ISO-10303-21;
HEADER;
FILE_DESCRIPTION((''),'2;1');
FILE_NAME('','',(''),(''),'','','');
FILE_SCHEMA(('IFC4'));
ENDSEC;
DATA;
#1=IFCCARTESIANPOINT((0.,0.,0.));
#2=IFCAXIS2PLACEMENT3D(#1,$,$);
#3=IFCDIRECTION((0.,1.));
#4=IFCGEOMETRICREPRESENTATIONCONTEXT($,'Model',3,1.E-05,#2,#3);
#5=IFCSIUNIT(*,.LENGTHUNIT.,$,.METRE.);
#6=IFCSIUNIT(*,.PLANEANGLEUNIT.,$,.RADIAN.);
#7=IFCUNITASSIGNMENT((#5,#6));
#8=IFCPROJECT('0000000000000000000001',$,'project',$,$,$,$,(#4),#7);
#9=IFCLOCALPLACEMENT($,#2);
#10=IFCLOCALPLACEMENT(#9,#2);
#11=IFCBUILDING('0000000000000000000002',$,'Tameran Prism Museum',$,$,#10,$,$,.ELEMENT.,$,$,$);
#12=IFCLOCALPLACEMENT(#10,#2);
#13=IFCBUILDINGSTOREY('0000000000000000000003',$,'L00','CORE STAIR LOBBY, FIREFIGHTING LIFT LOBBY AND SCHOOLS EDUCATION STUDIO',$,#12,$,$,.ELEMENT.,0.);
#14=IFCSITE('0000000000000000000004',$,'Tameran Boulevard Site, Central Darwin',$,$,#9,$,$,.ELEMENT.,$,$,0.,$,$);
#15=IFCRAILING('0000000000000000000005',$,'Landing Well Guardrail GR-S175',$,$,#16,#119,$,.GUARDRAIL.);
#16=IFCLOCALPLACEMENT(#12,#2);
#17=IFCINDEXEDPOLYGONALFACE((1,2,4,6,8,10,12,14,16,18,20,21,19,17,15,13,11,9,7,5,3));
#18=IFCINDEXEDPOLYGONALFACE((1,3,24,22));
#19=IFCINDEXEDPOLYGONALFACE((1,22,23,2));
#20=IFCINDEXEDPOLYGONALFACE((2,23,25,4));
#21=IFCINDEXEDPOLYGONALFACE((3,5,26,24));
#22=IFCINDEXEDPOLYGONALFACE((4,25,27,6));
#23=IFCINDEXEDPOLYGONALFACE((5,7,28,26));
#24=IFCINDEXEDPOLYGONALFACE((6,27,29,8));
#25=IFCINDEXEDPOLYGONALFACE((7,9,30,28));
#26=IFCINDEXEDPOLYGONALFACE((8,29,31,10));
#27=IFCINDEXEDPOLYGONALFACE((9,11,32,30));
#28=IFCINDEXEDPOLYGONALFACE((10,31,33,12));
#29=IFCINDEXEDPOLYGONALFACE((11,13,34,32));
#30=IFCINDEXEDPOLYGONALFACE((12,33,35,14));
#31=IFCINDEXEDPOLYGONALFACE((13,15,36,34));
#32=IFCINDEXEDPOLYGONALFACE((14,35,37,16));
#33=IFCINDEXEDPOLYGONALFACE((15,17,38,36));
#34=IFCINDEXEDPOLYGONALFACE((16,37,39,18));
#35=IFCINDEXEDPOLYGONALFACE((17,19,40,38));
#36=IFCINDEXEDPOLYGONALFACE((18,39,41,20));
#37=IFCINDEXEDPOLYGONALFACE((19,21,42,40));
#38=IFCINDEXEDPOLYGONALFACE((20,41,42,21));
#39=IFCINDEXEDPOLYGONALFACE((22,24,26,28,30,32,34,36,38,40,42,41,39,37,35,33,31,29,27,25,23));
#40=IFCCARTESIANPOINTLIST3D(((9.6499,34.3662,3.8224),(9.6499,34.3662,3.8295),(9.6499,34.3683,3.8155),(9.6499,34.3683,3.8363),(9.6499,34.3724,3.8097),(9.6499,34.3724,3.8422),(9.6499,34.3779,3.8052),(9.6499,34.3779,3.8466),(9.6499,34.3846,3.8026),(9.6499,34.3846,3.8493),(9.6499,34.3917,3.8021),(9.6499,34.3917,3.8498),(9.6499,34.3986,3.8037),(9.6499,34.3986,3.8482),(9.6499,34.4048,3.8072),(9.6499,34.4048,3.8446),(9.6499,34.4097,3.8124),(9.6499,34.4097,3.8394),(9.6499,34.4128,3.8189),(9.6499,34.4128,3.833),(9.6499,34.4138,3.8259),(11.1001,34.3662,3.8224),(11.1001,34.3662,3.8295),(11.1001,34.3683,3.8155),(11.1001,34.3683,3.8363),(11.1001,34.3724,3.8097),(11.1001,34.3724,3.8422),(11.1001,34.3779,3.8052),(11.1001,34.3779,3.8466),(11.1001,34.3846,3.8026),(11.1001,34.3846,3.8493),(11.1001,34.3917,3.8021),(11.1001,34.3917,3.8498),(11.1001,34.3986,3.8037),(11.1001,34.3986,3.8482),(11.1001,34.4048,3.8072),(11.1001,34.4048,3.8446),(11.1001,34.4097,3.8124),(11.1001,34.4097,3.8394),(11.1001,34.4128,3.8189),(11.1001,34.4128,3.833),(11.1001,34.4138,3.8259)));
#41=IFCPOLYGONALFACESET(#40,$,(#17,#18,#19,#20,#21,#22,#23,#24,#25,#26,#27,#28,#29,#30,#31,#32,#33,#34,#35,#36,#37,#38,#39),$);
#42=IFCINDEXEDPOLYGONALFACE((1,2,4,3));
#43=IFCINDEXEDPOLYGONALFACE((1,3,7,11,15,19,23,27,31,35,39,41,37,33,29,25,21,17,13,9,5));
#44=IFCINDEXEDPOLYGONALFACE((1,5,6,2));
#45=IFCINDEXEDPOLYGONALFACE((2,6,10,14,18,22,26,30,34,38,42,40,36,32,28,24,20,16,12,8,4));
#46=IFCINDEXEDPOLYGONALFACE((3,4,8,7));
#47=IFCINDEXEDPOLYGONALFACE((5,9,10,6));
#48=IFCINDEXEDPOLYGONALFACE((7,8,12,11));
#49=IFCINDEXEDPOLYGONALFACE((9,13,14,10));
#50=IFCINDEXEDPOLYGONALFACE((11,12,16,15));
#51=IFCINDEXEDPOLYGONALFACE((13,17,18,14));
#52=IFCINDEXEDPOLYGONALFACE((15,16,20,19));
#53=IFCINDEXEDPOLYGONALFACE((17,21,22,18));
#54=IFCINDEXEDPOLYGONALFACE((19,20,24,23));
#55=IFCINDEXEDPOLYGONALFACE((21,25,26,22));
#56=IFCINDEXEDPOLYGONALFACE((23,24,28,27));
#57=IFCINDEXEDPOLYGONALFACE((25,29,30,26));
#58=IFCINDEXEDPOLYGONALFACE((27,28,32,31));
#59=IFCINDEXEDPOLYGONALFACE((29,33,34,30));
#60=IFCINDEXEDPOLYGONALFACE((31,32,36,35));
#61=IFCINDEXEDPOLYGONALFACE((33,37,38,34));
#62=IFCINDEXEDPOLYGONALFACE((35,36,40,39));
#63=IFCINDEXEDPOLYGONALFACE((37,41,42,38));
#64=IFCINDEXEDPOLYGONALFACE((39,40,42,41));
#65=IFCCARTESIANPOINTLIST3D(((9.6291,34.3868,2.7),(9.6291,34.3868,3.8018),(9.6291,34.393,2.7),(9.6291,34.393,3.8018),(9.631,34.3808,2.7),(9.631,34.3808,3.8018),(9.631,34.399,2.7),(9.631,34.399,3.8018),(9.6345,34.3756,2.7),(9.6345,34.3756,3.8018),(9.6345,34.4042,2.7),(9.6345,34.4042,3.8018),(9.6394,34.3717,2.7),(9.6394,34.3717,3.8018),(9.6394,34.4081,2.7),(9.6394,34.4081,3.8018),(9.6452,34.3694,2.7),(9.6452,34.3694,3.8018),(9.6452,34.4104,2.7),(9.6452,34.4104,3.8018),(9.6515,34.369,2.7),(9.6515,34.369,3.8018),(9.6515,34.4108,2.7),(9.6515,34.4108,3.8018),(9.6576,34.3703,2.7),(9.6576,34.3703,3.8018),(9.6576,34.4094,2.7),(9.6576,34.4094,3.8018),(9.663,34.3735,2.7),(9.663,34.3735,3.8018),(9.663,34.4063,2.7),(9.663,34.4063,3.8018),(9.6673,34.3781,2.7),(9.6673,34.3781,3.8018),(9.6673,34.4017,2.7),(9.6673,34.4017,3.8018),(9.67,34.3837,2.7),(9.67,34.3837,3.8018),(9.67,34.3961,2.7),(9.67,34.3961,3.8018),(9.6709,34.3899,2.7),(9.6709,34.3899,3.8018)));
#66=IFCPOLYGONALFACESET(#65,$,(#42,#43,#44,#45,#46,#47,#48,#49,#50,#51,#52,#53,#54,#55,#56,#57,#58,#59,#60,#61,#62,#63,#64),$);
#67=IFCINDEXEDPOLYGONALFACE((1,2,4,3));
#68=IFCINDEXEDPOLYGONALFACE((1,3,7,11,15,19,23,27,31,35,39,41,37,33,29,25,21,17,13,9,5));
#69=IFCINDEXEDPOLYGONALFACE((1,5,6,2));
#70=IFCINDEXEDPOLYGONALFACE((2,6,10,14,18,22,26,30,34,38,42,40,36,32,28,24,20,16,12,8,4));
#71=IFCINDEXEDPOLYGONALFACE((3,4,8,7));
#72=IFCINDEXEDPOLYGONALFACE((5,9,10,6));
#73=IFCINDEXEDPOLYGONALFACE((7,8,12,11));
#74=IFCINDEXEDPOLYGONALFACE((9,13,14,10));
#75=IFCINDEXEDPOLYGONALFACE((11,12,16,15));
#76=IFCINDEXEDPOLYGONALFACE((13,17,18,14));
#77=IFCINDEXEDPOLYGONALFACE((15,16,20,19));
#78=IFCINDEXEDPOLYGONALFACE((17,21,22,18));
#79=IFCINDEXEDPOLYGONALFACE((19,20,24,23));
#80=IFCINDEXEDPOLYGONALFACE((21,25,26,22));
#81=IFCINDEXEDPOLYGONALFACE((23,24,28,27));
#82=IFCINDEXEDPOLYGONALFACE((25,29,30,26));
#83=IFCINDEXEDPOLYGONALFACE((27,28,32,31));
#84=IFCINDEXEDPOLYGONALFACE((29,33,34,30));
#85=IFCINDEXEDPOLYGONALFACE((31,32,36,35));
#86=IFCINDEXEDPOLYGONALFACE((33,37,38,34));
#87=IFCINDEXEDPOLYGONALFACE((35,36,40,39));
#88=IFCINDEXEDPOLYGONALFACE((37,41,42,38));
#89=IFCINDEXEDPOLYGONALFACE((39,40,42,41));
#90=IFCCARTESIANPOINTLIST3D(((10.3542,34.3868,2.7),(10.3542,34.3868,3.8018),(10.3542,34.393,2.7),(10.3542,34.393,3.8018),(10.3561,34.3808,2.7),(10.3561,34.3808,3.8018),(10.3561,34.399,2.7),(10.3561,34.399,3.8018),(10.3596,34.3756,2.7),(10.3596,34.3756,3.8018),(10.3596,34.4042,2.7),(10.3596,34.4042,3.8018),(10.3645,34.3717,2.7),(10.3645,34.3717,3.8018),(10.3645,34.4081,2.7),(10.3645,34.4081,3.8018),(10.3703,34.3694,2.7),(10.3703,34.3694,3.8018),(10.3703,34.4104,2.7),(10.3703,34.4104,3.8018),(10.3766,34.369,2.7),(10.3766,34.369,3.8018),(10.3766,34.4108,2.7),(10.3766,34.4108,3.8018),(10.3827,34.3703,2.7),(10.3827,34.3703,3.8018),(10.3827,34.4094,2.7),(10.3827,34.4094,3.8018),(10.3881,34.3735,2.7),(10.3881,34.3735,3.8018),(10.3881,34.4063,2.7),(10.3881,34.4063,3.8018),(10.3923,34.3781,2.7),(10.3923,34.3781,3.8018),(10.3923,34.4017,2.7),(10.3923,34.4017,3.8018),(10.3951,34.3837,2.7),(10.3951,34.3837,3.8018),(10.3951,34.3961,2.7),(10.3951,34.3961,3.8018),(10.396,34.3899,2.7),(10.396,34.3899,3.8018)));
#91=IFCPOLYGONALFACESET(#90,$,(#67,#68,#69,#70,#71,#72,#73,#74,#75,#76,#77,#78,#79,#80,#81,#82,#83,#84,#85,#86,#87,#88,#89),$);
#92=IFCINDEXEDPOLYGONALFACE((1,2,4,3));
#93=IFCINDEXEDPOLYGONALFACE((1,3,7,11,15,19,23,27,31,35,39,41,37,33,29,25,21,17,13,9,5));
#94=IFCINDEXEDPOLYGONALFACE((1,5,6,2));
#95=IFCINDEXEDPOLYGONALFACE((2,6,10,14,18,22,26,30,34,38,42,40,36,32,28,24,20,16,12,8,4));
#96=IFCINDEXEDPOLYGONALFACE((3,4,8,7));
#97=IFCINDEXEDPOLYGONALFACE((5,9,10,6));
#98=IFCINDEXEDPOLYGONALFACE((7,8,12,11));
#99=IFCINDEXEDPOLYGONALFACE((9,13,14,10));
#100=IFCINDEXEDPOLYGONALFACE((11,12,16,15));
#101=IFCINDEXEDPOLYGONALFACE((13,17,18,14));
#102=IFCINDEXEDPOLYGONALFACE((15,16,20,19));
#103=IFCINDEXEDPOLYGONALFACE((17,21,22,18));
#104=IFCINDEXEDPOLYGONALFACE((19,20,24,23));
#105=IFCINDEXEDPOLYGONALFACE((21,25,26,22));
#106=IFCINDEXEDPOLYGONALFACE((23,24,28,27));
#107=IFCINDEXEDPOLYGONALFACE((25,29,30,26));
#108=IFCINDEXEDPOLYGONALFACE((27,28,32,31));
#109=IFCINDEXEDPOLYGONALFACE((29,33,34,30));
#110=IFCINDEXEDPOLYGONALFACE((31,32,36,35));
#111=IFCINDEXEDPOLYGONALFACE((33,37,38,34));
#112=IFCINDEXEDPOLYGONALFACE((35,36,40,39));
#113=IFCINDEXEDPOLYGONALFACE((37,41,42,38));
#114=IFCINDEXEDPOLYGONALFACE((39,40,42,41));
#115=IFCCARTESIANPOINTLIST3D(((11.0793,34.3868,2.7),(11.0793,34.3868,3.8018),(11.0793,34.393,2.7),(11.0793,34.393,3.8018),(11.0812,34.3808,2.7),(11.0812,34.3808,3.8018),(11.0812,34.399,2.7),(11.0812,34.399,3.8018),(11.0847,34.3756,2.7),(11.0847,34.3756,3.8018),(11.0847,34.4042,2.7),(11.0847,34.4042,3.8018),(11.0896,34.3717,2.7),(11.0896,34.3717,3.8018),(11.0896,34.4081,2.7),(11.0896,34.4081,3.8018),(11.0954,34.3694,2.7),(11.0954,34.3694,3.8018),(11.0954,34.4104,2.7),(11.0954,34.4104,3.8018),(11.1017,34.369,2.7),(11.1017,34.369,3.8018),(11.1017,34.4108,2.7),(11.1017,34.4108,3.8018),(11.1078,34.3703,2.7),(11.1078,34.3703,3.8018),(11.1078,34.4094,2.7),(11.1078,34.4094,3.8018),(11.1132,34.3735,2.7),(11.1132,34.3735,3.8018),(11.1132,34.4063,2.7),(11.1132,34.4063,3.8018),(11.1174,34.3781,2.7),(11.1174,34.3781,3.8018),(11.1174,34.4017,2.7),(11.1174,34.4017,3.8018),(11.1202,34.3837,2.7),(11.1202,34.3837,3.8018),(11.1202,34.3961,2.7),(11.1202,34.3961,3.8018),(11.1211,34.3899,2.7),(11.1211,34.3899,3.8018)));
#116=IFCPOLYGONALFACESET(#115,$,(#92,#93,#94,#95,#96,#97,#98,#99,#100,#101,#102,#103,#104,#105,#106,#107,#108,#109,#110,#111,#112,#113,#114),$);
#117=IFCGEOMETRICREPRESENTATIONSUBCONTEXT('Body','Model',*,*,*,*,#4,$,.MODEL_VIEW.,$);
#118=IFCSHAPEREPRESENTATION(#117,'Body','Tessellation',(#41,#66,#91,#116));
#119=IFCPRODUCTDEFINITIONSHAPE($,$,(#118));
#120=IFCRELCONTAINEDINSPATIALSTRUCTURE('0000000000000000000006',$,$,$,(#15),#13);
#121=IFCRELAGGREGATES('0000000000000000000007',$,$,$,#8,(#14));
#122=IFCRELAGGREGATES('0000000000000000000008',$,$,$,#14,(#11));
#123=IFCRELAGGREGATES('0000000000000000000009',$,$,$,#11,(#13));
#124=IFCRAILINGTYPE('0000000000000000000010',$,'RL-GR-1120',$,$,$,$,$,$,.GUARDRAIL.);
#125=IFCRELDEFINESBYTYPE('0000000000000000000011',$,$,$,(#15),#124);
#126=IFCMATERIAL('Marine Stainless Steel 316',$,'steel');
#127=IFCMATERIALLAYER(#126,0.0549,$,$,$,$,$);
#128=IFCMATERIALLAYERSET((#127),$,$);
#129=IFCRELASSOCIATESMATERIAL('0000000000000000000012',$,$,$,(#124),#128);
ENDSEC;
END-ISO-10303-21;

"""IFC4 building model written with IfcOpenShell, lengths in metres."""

from ifc_helpers import new_model, si_unit, direction, frame, origin, origin_2d, place, context, subcontext, project, spatial, circle, extrude, material, layer, layer_set, type_object, element, save


model = new_model("IFC4")

# Units and contexts
model_context = context("Model", 3, precision=1e-05, world=origin(), true_north=direction((0.0, 1.0)))
body_context = subcontext(model_context, "Body", "Model", "MODEL_VIEW")
ifc_project = project(units=[si_unit("LENGTHUNIT", "METRE"), si_unit("PLANEANGLEUNIT", "RADIAN")], contexts=[model_context])

# Site, building, storey
site_placement = place(None, origin())
site = spatial("IfcSite", under=ifc_project, at=site_placement, Name="Tameran Boulevard Site, Central Darwin", CompositionType="ELEMENT", RefElevation=0.0)
building_placement = place(site_placement, origin())
building = spatial("IfcBuilding", under=site, at=building_placement, Name="Tameran Prism Museum", CompositionType="ELEMENT")
storey_placement = place(building_placement, origin())
storey = spatial("IfcBuildingStorey", under=building, at=storey_placement, Name="L00", Description="CORE STAIR LOBBY, FIREFIGHTING LIFT LOBBY AND SCHOOLS EDUCATION STUDIO", CompositionType="ELEMENT", Elevation=0.0)

# Railing
ifc_material_1 = material(Name="Marine Stainless Steel 316", Category="steel")
ifc_layer_1 = layer(ifc_material_1, 0.0549)
ifc_layer_set_1 = layer_set([ifc_layer_1])
railing_type_1 = type_object("IfcRailingType", Name="RL-GR-1120", PredefinedType="GUARDRAIL", material=ifc_layer_set_1)
railing_1_placement = place(storey_placement, frame((9.6499, 34.3899, 2.7)))
element("IfcRailing", 1, at=railing_1_placement, inside=storey, type_object=railing_type_1, Name="Landing Well Guardrail GR-S175", PredefinedType="GUARDRAIL", context=body_context, shape_type="SweptSolid", body=[
    extrude(circle(Radius=0.0239, at=origin_2d()), frame((0.0, 0.0, 1.126), z_axis=(1.0, 0.0, 0.0), x_axis=(0.0, 1.0, 0.0)), (0.0, 0.0, 1.0), 1.4502),
    extrude(circle(Radius=0.021, at=origin_2d()), origin(), (0.0, 0.0, 1.0), 1.1018),
    extrude(circle(Radius=0.021, at=origin_2d()), frame((0.7251, 0.0, 0.0)), (0.0, 0.0, 1.0), 1.1018),
    extrude(circle(Radius=0.021, at=origin_2d()), frame((1.4502, 0.0, 0.0)), (0.0, 0.0, 1.0), 1.1018),
])

save(model, "model.ifc")
